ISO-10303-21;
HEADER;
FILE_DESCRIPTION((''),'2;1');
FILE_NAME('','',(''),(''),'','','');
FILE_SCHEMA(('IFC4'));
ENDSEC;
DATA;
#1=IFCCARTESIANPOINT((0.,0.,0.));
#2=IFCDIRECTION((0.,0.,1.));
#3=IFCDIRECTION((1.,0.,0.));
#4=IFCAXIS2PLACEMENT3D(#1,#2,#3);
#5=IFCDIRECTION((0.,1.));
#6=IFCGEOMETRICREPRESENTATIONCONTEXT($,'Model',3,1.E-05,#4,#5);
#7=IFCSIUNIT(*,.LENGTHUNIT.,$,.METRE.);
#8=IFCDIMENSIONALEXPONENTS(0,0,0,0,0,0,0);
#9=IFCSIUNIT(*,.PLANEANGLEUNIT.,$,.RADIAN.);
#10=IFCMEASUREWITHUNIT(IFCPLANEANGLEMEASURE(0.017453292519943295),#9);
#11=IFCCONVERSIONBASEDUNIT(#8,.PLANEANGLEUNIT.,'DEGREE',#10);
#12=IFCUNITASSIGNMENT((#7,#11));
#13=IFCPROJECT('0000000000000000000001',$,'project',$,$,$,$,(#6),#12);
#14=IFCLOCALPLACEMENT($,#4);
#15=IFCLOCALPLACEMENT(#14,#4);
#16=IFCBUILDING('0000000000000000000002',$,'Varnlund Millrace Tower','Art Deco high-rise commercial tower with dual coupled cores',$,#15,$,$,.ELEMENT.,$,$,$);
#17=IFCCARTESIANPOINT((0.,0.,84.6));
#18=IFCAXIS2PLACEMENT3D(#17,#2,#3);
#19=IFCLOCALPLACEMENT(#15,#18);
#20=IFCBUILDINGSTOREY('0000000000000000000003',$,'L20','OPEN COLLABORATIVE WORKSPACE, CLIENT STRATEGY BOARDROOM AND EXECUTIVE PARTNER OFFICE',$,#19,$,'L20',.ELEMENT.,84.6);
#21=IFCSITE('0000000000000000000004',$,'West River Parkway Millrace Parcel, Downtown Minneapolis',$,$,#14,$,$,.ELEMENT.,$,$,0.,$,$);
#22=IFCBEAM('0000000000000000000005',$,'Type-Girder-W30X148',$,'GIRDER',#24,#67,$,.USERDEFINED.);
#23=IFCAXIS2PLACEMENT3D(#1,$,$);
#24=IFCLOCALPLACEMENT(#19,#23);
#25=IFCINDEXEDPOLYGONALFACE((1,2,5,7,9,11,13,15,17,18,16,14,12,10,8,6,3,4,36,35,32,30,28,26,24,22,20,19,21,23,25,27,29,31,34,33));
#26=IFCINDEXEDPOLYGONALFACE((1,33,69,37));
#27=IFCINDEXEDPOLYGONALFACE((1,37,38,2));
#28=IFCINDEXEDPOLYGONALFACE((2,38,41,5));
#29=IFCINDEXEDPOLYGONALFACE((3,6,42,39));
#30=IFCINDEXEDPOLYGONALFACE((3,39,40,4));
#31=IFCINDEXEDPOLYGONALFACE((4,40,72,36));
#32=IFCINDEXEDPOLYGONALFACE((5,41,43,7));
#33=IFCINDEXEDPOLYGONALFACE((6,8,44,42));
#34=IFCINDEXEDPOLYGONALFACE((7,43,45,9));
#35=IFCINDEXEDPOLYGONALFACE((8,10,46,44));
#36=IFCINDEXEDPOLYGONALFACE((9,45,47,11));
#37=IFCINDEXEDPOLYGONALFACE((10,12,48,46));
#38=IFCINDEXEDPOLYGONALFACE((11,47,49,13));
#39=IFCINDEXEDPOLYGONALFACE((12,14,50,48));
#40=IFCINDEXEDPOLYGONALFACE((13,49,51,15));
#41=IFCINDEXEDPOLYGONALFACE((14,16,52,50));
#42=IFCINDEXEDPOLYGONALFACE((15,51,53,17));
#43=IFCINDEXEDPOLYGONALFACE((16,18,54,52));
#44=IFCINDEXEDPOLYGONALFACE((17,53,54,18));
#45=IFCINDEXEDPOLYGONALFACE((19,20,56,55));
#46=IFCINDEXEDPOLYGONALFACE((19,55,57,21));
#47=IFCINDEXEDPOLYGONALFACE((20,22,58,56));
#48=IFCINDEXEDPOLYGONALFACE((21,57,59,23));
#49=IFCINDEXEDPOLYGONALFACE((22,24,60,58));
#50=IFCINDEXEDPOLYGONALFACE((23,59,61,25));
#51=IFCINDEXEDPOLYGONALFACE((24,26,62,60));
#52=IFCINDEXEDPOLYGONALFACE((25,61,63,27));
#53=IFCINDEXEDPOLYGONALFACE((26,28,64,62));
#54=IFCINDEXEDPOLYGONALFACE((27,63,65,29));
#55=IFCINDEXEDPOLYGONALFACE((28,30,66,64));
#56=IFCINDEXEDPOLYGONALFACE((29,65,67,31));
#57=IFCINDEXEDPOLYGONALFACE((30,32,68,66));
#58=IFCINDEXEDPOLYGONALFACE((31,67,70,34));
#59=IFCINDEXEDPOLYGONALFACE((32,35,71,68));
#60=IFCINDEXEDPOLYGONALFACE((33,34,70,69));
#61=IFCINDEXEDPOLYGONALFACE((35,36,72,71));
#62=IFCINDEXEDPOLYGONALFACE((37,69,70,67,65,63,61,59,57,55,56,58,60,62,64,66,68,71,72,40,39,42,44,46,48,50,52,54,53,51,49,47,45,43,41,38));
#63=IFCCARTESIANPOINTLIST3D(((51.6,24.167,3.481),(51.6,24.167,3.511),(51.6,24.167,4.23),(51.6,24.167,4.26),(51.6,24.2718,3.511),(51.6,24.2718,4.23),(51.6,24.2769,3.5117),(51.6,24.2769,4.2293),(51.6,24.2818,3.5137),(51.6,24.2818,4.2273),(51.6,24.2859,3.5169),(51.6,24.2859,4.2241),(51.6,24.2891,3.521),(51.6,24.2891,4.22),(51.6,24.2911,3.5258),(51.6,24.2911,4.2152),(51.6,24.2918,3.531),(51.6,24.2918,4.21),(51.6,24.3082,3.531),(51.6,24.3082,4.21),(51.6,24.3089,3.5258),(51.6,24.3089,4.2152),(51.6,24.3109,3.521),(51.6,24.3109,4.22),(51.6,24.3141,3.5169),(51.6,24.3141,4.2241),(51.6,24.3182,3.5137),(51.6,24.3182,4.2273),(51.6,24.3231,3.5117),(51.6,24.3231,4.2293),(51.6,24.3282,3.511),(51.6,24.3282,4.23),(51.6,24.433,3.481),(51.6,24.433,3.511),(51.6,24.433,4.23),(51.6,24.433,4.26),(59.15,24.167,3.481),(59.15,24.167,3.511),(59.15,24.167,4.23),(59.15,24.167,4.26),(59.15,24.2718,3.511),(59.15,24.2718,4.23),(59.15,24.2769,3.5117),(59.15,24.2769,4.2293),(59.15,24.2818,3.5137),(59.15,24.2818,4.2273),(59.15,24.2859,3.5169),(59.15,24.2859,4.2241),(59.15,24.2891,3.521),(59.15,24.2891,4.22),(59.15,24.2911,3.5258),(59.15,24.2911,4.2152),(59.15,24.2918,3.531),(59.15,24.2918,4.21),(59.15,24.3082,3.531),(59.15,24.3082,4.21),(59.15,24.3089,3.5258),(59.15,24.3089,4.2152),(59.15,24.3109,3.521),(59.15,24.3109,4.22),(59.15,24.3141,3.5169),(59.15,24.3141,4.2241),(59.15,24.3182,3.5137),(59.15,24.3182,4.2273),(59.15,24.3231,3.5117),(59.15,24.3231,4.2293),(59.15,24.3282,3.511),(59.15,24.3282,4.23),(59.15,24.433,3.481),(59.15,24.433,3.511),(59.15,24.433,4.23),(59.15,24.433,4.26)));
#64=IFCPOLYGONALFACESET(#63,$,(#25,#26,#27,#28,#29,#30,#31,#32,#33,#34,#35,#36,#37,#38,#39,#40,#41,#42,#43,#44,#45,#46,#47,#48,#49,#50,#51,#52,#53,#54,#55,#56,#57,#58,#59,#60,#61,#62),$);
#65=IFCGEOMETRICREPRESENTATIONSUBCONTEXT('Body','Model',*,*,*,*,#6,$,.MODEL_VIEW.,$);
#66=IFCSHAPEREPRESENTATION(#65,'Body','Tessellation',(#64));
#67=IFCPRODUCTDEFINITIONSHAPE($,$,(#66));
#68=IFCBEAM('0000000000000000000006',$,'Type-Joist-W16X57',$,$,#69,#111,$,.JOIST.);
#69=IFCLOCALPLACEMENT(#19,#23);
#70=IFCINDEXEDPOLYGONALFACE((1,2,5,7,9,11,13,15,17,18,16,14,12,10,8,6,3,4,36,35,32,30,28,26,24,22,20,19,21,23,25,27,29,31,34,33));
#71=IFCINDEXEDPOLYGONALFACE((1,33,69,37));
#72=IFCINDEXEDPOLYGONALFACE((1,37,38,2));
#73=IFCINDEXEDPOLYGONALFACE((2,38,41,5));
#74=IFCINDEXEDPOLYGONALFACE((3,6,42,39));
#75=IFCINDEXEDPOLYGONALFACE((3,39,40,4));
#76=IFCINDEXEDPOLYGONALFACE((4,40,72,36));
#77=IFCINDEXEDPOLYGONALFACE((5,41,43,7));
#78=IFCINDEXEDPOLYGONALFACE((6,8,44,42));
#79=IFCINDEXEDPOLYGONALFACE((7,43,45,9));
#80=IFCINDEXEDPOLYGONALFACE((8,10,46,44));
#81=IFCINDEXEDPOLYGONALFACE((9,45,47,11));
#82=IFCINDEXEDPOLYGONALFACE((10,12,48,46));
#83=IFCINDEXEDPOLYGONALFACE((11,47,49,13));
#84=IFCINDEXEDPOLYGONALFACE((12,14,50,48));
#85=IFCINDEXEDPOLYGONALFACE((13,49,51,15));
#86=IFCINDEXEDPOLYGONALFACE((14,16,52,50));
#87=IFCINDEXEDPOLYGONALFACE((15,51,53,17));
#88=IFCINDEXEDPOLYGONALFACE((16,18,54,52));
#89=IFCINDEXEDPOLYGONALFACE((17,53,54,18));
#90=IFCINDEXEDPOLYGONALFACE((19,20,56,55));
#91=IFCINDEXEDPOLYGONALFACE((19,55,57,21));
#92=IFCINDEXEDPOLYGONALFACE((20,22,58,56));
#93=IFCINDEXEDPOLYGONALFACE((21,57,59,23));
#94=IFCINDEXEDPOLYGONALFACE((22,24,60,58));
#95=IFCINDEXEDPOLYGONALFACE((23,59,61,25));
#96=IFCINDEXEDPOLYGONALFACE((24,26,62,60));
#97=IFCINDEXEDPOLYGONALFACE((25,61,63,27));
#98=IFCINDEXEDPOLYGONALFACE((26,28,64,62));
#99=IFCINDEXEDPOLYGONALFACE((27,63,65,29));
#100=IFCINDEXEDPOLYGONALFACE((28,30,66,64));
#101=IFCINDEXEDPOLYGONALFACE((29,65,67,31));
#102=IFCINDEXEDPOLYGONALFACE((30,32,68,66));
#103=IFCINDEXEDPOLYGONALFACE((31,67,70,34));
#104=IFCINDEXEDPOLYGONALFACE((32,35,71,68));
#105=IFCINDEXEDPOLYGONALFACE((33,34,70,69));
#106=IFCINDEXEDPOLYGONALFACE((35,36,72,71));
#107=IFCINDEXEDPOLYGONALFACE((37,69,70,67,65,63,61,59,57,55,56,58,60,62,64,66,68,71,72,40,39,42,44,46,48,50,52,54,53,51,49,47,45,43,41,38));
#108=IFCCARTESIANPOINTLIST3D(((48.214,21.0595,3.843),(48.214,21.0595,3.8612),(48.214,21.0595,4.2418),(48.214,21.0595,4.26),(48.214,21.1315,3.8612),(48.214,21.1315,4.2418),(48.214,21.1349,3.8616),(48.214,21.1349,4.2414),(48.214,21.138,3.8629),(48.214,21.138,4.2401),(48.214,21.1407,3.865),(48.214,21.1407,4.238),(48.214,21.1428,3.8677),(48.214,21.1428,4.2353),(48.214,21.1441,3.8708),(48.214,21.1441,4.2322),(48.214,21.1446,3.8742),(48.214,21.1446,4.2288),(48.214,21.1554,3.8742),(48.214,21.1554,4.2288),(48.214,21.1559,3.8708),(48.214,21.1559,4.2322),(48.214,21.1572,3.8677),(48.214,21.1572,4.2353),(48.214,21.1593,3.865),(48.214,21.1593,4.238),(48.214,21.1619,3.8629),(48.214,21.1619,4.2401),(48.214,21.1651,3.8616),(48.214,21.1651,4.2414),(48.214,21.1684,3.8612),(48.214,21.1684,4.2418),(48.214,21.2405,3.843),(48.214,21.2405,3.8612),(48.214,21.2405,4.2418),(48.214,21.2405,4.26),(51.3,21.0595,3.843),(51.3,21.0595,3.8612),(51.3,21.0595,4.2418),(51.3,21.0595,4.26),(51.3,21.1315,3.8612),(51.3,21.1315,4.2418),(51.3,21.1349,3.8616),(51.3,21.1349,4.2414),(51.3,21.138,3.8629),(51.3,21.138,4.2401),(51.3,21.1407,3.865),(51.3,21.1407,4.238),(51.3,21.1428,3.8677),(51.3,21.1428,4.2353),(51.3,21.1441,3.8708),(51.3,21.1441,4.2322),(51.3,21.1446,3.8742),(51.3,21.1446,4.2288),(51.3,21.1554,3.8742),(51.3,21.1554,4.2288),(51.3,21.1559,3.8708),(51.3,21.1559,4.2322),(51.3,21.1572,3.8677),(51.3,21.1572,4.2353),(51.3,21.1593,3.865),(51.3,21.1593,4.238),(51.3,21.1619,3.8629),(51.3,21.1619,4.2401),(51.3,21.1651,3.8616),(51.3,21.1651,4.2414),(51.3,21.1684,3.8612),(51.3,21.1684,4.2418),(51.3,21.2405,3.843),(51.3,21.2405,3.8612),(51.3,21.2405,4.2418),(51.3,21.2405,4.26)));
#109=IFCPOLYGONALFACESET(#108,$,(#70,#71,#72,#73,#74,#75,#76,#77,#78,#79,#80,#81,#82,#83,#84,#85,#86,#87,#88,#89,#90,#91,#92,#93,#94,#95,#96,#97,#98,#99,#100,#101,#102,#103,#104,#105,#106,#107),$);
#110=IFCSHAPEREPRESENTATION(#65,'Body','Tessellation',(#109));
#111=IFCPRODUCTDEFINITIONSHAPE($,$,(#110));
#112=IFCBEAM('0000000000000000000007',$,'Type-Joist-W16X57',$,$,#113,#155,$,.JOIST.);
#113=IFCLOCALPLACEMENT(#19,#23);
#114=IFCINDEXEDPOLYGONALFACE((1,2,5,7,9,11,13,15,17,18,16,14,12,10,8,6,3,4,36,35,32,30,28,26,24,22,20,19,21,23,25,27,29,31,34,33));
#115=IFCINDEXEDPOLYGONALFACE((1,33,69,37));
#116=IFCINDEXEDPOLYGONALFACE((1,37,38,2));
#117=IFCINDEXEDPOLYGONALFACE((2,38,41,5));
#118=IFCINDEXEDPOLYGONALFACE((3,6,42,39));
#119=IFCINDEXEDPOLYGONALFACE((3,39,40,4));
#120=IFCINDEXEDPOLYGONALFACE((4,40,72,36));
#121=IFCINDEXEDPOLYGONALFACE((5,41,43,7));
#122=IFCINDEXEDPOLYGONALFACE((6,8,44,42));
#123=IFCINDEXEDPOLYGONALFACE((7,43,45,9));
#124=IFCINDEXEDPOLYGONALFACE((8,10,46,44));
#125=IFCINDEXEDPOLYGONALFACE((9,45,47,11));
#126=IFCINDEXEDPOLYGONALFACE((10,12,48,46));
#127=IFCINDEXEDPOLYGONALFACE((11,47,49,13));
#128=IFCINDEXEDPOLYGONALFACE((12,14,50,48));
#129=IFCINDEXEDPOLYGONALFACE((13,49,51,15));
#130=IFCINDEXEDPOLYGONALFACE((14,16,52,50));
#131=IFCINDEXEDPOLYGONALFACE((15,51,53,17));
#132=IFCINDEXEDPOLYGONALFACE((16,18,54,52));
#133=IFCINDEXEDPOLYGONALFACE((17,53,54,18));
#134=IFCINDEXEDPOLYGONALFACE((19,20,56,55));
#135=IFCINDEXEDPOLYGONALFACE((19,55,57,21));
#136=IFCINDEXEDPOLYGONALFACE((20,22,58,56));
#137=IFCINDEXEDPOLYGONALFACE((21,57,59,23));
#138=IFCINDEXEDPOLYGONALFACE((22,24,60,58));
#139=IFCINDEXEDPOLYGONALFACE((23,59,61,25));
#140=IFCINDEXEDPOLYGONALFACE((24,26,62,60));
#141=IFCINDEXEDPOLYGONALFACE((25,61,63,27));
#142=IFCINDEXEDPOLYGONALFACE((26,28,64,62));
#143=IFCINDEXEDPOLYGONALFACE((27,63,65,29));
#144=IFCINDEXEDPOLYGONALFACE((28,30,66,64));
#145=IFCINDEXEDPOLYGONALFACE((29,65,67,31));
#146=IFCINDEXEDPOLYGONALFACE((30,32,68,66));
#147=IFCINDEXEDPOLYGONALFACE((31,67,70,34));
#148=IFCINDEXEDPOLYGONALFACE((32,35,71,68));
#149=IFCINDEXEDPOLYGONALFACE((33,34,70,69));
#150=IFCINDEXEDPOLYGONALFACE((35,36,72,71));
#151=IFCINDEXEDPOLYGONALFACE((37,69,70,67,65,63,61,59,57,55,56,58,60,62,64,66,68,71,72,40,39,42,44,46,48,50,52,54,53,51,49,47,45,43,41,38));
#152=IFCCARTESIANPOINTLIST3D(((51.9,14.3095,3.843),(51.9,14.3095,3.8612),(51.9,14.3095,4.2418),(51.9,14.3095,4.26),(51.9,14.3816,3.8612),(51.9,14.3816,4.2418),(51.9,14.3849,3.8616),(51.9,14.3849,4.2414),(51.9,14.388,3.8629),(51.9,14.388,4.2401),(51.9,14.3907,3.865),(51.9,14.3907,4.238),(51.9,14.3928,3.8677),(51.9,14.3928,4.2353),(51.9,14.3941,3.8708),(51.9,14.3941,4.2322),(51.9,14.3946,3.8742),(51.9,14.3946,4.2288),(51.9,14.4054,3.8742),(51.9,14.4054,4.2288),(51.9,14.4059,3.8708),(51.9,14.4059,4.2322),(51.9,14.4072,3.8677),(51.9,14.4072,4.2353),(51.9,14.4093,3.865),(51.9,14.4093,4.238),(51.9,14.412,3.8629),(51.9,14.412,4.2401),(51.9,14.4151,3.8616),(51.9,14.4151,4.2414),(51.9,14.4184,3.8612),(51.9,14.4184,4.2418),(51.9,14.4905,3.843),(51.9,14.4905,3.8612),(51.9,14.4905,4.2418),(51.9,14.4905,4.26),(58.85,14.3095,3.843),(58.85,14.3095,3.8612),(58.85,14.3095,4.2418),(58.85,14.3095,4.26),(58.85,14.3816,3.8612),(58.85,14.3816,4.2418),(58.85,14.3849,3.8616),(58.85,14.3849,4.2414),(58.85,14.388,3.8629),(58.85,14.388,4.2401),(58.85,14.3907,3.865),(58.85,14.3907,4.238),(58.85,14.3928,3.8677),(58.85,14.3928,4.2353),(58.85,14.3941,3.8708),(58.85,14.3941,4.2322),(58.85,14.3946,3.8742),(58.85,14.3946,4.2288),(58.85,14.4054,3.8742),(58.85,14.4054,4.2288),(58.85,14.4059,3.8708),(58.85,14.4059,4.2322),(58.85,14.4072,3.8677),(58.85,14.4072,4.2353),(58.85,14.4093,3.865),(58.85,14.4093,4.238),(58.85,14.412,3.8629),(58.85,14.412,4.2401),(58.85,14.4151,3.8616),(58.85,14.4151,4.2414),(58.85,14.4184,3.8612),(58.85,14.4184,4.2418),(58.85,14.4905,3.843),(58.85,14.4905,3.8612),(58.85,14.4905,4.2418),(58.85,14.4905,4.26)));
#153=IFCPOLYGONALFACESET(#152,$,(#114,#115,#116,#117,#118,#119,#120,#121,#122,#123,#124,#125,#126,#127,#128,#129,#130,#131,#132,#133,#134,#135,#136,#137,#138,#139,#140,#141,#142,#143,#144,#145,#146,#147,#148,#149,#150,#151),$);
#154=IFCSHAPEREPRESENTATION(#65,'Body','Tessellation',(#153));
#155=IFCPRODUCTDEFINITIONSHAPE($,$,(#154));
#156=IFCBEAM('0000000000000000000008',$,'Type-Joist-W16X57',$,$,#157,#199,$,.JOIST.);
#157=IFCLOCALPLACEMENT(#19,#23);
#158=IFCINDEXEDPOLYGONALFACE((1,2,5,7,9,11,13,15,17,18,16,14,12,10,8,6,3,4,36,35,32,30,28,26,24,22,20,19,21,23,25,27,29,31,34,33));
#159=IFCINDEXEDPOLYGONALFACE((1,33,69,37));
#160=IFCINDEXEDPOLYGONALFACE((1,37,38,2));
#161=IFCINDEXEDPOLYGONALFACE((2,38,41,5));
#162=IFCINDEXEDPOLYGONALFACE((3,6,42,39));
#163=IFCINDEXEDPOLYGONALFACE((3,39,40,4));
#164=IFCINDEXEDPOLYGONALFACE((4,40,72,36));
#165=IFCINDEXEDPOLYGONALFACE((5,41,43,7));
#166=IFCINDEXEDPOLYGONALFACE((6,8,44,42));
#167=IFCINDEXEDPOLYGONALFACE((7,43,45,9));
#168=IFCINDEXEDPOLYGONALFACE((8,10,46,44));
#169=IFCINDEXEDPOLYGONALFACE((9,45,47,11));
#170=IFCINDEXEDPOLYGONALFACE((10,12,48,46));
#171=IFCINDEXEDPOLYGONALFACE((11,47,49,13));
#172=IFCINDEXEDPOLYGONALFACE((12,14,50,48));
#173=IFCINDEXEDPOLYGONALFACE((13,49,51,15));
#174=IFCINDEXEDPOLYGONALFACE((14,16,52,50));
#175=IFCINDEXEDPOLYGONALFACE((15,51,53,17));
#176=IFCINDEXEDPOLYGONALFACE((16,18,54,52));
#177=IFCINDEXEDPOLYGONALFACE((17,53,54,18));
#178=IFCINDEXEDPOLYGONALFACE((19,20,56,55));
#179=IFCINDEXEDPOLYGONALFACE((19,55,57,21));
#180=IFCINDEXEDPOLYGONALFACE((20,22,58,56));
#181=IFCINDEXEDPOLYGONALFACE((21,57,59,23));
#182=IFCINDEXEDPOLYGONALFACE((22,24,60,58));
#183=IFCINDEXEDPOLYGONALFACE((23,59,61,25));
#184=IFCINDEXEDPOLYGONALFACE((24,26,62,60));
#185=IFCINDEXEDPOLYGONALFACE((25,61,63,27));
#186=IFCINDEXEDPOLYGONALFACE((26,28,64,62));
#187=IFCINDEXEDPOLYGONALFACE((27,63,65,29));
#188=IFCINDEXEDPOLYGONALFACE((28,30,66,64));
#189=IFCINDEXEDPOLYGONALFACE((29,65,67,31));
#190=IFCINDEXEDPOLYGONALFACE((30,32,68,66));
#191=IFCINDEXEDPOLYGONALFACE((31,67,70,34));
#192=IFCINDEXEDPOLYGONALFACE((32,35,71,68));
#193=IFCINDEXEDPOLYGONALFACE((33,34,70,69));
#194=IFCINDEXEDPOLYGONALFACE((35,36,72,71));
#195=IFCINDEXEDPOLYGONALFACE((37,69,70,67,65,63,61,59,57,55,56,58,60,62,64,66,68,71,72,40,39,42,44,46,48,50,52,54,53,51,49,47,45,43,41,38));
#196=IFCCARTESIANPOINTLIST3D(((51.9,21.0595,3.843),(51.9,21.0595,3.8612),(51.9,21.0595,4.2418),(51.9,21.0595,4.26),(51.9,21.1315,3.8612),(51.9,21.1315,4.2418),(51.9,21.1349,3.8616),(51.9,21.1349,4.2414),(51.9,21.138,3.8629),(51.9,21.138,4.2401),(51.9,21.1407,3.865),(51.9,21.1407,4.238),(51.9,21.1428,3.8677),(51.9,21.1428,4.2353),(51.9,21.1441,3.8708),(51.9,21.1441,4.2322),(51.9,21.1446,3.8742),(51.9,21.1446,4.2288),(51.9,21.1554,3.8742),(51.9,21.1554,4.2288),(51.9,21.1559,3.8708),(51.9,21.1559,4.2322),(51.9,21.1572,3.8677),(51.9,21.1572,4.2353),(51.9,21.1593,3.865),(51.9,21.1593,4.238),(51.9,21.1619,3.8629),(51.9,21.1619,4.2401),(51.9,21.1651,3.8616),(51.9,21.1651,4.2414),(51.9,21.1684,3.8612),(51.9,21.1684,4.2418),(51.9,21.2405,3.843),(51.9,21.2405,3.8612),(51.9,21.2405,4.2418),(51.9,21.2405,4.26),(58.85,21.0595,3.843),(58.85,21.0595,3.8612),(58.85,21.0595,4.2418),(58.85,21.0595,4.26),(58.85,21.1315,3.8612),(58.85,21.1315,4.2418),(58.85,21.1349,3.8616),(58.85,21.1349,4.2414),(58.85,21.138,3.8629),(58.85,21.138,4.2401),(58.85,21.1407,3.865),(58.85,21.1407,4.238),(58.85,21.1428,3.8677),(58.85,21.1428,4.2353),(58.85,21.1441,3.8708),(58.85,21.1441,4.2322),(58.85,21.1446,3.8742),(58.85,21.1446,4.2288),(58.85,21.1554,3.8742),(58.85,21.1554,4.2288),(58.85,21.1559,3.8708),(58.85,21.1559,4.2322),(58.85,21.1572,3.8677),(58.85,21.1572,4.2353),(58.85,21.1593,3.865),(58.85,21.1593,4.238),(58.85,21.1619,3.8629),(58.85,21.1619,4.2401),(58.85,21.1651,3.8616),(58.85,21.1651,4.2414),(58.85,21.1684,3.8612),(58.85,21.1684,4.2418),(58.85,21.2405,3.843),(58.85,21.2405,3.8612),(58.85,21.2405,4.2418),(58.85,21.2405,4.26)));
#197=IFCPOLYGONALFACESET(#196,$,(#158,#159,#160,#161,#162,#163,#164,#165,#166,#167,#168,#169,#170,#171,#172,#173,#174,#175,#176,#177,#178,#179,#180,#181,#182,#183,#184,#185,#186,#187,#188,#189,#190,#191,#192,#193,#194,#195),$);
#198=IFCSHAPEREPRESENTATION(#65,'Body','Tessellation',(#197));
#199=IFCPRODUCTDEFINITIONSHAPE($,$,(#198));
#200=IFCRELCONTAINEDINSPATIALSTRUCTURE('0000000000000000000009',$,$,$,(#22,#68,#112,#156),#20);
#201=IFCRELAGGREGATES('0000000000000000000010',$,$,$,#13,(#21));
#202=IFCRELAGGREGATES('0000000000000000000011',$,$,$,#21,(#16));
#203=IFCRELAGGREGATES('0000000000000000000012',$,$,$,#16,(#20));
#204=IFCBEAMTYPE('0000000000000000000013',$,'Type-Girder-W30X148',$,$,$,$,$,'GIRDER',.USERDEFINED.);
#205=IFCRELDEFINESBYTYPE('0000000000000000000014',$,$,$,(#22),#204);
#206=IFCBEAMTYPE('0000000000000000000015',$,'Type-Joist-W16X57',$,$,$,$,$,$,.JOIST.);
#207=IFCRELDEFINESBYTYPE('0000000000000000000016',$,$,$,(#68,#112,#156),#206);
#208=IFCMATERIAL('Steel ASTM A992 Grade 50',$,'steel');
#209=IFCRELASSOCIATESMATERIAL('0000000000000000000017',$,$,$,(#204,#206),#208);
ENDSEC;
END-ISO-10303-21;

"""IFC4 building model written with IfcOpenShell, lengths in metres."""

from ifc_helpers import new_model, entity, si_unit, converted_unit, direction, frame, origin_with_axes, origin_2d_with_axis, place, context, subcontext, project, spatial, i_section, extrude, material, material_profile, profile_set, type_object, element, save


model = new_model("IFC4")

# Units and contexts
model_context = context("Model", 3, precision=1e-05, world=origin_with_axes(), true_north=direction((0.0, 1.0)))
body_context = subcontext(model_context, "Body", "Model", "MODEL_VIEW")
ifc_project = project(units=[si_unit("LENGTHUNIT", "METRE"), converted_unit("PLANEANGLEUNIT", "DEGREE", entity("IfcPlaneAngleMeasure", 0.017453292519943295), si_unit("PLANEANGLEUNIT", "RADIAN"), dimensions=[0, 0, 0, 0, 0, 0, 0])], contexts=[model_context])

# Site, building, storey
site_placement = place(None, origin_with_axes())
site = spatial("IfcSite", under=ifc_project, at=site_placement, Name="West River Parkway Millrace Parcel, Downtown Minneapolis", CompositionType="ELEMENT", RefElevation=0.0)
building_placement = place(site_placement, origin_with_axes())
building = spatial("IfcBuilding", under=site, at=building_placement, Name="Varnlund Millrace Tower", Description="Art Deco high-rise commercial tower with dual coupled cores", CompositionType="ELEMENT")
storey_placement = place(building_placement, frame((0.0, 0.0, 84.6), z_axis=(0.0, 0.0, 1.0), x_axis=(1.0, 0.0, 0.0)))
storey = spatial("IfcBuildingStorey", under=building, at=storey_placement, Name="L20", Description="OPEN COLLABORATIVE WORKSPACE, CLIENT STRATEGY BOARDROOM AND EXECUTIVE PARTNER OFFICE", LongName="L20", CompositionType="ELEMENT", Elevation=84.6)

# Beams
ifc_material_1 = material(Name="Steel ASTM A992 Grade 50", Category="steel")
ifc_material_profile_1 = material_profile(ifc_material_1, i_section(OverallWidth=0.266, OverallDepth=0.779, WebThickness=0.0165, FlangeThickness=0.03, FilletRadius=0.02, at=origin_2d_with_axis()), Name="Steel ASTM A992 Grade 50")
ifc_profile_set_1 = profile_set([ifc_material_profile_1], Name="Steel ASTM A992 Grade 50")
beam_type_1 = type_object("IfcBeamType", Name="Type-Girder-W30X148", ElementType="GIRDER", PredefinedType="USERDEFINED", material=ifc_profile_set_1)
beam_1_placement = place(storey_placement, frame((51.6, 24.3, 3.8705), z_axis=(1.0, 0.0, 0.0), x_axis=(0.0, 1.0, 0.0)))
element("IfcBeam", 1, at=beam_1_placement, inside=storey, type_object=beam_type_1, Name="Type-Girder-W30X148", ObjectType="GIRDER", PredefinedType="USERDEFINED", context=body_context, shape_type="SweptSolid", body=[
    extrude(i_section(OverallWidth=0.266, OverallDepth=0.779, WebThickness=0.0165, FlangeThickness=0.03, FilletRadius=0.02, at=origin_2d_with_axis()), origin_with_axes(), (0.0, 0.0, 1.0), 7.55),
])
ifc_material_profile_2 = material_profile(ifc_material_1, i_section(OverallWidth=0.181, OverallDepth=0.417, WebThickness=0.0109, FlangeThickness=0.0182, FilletRadius=0.013, at=origin_2d_with_axis()), Name="Steel ASTM A992 Grade 50")
ifc_profile_set_2 = profile_set([ifc_material_profile_2], Name="Steel ASTM A992 Grade 50")
beam_type_2 = type_object("IfcBeamType", Name="Type-Joist-W16X57", PredefinedType="JOIST", material=ifc_profile_set_2)
beam_2_placement = place(storey_placement, frame((48.214, 21.15, 4.0515), z_axis=(1.0, 0.0, 0.0), x_axis=(0.0, 1.0, 0.0)))
element("IfcBeam", 2, at=beam_2_placement, inside=storey, type_object=beam_type_2, Name="Type-Joist-W16X57", PredefinedType="JOIST", context=body_context, shape_type="SweptSolid", body=[
    extrude(i_section(OverallWidth=0.181, OverallDepth=0.417, WebThickness=0.0109, FlangeThickness=0.0182, FilletRadius=0.013, at=origin_2d_with_axis()), origin_with_axes(), (0.0, 0.0, 1.0), 3.086),
])
for number, where, z_axis, x_axis, name in (
    (3, (51.9, 14.4, 4.0515), (1.0, 0.0, 0.0), (0.0, 1.0, 0.0), "Type-Joist-W16X57"),
    (4, (51.9, 21.15, 4.0515), (1.0, 0.0, 0.0), (0.0, 1.0, 0.0), "Type-Joist-W16X57"),
):
    element("IfcBeam", number, at=place(storey_placement, frame(where, z_axis=z_axis, x_axis=x_axis)), inside=storey, type_object=beam_type_2, Name=name, PredefinedType="JOIST", context=body_context, shape_type="SweptSolid", body=[
        extrude(i_section(OverallWidth=0.181, OverallDepth=0.417, WebThickness=0.0109, FlangeThickness=0.0182, FilletRadius=0.013, at=origin_2d_with_axis()), origin_with_axes(), (0.0, 0.0, 1.0), 6.95),
    ])

save(model, "model.ifc")
